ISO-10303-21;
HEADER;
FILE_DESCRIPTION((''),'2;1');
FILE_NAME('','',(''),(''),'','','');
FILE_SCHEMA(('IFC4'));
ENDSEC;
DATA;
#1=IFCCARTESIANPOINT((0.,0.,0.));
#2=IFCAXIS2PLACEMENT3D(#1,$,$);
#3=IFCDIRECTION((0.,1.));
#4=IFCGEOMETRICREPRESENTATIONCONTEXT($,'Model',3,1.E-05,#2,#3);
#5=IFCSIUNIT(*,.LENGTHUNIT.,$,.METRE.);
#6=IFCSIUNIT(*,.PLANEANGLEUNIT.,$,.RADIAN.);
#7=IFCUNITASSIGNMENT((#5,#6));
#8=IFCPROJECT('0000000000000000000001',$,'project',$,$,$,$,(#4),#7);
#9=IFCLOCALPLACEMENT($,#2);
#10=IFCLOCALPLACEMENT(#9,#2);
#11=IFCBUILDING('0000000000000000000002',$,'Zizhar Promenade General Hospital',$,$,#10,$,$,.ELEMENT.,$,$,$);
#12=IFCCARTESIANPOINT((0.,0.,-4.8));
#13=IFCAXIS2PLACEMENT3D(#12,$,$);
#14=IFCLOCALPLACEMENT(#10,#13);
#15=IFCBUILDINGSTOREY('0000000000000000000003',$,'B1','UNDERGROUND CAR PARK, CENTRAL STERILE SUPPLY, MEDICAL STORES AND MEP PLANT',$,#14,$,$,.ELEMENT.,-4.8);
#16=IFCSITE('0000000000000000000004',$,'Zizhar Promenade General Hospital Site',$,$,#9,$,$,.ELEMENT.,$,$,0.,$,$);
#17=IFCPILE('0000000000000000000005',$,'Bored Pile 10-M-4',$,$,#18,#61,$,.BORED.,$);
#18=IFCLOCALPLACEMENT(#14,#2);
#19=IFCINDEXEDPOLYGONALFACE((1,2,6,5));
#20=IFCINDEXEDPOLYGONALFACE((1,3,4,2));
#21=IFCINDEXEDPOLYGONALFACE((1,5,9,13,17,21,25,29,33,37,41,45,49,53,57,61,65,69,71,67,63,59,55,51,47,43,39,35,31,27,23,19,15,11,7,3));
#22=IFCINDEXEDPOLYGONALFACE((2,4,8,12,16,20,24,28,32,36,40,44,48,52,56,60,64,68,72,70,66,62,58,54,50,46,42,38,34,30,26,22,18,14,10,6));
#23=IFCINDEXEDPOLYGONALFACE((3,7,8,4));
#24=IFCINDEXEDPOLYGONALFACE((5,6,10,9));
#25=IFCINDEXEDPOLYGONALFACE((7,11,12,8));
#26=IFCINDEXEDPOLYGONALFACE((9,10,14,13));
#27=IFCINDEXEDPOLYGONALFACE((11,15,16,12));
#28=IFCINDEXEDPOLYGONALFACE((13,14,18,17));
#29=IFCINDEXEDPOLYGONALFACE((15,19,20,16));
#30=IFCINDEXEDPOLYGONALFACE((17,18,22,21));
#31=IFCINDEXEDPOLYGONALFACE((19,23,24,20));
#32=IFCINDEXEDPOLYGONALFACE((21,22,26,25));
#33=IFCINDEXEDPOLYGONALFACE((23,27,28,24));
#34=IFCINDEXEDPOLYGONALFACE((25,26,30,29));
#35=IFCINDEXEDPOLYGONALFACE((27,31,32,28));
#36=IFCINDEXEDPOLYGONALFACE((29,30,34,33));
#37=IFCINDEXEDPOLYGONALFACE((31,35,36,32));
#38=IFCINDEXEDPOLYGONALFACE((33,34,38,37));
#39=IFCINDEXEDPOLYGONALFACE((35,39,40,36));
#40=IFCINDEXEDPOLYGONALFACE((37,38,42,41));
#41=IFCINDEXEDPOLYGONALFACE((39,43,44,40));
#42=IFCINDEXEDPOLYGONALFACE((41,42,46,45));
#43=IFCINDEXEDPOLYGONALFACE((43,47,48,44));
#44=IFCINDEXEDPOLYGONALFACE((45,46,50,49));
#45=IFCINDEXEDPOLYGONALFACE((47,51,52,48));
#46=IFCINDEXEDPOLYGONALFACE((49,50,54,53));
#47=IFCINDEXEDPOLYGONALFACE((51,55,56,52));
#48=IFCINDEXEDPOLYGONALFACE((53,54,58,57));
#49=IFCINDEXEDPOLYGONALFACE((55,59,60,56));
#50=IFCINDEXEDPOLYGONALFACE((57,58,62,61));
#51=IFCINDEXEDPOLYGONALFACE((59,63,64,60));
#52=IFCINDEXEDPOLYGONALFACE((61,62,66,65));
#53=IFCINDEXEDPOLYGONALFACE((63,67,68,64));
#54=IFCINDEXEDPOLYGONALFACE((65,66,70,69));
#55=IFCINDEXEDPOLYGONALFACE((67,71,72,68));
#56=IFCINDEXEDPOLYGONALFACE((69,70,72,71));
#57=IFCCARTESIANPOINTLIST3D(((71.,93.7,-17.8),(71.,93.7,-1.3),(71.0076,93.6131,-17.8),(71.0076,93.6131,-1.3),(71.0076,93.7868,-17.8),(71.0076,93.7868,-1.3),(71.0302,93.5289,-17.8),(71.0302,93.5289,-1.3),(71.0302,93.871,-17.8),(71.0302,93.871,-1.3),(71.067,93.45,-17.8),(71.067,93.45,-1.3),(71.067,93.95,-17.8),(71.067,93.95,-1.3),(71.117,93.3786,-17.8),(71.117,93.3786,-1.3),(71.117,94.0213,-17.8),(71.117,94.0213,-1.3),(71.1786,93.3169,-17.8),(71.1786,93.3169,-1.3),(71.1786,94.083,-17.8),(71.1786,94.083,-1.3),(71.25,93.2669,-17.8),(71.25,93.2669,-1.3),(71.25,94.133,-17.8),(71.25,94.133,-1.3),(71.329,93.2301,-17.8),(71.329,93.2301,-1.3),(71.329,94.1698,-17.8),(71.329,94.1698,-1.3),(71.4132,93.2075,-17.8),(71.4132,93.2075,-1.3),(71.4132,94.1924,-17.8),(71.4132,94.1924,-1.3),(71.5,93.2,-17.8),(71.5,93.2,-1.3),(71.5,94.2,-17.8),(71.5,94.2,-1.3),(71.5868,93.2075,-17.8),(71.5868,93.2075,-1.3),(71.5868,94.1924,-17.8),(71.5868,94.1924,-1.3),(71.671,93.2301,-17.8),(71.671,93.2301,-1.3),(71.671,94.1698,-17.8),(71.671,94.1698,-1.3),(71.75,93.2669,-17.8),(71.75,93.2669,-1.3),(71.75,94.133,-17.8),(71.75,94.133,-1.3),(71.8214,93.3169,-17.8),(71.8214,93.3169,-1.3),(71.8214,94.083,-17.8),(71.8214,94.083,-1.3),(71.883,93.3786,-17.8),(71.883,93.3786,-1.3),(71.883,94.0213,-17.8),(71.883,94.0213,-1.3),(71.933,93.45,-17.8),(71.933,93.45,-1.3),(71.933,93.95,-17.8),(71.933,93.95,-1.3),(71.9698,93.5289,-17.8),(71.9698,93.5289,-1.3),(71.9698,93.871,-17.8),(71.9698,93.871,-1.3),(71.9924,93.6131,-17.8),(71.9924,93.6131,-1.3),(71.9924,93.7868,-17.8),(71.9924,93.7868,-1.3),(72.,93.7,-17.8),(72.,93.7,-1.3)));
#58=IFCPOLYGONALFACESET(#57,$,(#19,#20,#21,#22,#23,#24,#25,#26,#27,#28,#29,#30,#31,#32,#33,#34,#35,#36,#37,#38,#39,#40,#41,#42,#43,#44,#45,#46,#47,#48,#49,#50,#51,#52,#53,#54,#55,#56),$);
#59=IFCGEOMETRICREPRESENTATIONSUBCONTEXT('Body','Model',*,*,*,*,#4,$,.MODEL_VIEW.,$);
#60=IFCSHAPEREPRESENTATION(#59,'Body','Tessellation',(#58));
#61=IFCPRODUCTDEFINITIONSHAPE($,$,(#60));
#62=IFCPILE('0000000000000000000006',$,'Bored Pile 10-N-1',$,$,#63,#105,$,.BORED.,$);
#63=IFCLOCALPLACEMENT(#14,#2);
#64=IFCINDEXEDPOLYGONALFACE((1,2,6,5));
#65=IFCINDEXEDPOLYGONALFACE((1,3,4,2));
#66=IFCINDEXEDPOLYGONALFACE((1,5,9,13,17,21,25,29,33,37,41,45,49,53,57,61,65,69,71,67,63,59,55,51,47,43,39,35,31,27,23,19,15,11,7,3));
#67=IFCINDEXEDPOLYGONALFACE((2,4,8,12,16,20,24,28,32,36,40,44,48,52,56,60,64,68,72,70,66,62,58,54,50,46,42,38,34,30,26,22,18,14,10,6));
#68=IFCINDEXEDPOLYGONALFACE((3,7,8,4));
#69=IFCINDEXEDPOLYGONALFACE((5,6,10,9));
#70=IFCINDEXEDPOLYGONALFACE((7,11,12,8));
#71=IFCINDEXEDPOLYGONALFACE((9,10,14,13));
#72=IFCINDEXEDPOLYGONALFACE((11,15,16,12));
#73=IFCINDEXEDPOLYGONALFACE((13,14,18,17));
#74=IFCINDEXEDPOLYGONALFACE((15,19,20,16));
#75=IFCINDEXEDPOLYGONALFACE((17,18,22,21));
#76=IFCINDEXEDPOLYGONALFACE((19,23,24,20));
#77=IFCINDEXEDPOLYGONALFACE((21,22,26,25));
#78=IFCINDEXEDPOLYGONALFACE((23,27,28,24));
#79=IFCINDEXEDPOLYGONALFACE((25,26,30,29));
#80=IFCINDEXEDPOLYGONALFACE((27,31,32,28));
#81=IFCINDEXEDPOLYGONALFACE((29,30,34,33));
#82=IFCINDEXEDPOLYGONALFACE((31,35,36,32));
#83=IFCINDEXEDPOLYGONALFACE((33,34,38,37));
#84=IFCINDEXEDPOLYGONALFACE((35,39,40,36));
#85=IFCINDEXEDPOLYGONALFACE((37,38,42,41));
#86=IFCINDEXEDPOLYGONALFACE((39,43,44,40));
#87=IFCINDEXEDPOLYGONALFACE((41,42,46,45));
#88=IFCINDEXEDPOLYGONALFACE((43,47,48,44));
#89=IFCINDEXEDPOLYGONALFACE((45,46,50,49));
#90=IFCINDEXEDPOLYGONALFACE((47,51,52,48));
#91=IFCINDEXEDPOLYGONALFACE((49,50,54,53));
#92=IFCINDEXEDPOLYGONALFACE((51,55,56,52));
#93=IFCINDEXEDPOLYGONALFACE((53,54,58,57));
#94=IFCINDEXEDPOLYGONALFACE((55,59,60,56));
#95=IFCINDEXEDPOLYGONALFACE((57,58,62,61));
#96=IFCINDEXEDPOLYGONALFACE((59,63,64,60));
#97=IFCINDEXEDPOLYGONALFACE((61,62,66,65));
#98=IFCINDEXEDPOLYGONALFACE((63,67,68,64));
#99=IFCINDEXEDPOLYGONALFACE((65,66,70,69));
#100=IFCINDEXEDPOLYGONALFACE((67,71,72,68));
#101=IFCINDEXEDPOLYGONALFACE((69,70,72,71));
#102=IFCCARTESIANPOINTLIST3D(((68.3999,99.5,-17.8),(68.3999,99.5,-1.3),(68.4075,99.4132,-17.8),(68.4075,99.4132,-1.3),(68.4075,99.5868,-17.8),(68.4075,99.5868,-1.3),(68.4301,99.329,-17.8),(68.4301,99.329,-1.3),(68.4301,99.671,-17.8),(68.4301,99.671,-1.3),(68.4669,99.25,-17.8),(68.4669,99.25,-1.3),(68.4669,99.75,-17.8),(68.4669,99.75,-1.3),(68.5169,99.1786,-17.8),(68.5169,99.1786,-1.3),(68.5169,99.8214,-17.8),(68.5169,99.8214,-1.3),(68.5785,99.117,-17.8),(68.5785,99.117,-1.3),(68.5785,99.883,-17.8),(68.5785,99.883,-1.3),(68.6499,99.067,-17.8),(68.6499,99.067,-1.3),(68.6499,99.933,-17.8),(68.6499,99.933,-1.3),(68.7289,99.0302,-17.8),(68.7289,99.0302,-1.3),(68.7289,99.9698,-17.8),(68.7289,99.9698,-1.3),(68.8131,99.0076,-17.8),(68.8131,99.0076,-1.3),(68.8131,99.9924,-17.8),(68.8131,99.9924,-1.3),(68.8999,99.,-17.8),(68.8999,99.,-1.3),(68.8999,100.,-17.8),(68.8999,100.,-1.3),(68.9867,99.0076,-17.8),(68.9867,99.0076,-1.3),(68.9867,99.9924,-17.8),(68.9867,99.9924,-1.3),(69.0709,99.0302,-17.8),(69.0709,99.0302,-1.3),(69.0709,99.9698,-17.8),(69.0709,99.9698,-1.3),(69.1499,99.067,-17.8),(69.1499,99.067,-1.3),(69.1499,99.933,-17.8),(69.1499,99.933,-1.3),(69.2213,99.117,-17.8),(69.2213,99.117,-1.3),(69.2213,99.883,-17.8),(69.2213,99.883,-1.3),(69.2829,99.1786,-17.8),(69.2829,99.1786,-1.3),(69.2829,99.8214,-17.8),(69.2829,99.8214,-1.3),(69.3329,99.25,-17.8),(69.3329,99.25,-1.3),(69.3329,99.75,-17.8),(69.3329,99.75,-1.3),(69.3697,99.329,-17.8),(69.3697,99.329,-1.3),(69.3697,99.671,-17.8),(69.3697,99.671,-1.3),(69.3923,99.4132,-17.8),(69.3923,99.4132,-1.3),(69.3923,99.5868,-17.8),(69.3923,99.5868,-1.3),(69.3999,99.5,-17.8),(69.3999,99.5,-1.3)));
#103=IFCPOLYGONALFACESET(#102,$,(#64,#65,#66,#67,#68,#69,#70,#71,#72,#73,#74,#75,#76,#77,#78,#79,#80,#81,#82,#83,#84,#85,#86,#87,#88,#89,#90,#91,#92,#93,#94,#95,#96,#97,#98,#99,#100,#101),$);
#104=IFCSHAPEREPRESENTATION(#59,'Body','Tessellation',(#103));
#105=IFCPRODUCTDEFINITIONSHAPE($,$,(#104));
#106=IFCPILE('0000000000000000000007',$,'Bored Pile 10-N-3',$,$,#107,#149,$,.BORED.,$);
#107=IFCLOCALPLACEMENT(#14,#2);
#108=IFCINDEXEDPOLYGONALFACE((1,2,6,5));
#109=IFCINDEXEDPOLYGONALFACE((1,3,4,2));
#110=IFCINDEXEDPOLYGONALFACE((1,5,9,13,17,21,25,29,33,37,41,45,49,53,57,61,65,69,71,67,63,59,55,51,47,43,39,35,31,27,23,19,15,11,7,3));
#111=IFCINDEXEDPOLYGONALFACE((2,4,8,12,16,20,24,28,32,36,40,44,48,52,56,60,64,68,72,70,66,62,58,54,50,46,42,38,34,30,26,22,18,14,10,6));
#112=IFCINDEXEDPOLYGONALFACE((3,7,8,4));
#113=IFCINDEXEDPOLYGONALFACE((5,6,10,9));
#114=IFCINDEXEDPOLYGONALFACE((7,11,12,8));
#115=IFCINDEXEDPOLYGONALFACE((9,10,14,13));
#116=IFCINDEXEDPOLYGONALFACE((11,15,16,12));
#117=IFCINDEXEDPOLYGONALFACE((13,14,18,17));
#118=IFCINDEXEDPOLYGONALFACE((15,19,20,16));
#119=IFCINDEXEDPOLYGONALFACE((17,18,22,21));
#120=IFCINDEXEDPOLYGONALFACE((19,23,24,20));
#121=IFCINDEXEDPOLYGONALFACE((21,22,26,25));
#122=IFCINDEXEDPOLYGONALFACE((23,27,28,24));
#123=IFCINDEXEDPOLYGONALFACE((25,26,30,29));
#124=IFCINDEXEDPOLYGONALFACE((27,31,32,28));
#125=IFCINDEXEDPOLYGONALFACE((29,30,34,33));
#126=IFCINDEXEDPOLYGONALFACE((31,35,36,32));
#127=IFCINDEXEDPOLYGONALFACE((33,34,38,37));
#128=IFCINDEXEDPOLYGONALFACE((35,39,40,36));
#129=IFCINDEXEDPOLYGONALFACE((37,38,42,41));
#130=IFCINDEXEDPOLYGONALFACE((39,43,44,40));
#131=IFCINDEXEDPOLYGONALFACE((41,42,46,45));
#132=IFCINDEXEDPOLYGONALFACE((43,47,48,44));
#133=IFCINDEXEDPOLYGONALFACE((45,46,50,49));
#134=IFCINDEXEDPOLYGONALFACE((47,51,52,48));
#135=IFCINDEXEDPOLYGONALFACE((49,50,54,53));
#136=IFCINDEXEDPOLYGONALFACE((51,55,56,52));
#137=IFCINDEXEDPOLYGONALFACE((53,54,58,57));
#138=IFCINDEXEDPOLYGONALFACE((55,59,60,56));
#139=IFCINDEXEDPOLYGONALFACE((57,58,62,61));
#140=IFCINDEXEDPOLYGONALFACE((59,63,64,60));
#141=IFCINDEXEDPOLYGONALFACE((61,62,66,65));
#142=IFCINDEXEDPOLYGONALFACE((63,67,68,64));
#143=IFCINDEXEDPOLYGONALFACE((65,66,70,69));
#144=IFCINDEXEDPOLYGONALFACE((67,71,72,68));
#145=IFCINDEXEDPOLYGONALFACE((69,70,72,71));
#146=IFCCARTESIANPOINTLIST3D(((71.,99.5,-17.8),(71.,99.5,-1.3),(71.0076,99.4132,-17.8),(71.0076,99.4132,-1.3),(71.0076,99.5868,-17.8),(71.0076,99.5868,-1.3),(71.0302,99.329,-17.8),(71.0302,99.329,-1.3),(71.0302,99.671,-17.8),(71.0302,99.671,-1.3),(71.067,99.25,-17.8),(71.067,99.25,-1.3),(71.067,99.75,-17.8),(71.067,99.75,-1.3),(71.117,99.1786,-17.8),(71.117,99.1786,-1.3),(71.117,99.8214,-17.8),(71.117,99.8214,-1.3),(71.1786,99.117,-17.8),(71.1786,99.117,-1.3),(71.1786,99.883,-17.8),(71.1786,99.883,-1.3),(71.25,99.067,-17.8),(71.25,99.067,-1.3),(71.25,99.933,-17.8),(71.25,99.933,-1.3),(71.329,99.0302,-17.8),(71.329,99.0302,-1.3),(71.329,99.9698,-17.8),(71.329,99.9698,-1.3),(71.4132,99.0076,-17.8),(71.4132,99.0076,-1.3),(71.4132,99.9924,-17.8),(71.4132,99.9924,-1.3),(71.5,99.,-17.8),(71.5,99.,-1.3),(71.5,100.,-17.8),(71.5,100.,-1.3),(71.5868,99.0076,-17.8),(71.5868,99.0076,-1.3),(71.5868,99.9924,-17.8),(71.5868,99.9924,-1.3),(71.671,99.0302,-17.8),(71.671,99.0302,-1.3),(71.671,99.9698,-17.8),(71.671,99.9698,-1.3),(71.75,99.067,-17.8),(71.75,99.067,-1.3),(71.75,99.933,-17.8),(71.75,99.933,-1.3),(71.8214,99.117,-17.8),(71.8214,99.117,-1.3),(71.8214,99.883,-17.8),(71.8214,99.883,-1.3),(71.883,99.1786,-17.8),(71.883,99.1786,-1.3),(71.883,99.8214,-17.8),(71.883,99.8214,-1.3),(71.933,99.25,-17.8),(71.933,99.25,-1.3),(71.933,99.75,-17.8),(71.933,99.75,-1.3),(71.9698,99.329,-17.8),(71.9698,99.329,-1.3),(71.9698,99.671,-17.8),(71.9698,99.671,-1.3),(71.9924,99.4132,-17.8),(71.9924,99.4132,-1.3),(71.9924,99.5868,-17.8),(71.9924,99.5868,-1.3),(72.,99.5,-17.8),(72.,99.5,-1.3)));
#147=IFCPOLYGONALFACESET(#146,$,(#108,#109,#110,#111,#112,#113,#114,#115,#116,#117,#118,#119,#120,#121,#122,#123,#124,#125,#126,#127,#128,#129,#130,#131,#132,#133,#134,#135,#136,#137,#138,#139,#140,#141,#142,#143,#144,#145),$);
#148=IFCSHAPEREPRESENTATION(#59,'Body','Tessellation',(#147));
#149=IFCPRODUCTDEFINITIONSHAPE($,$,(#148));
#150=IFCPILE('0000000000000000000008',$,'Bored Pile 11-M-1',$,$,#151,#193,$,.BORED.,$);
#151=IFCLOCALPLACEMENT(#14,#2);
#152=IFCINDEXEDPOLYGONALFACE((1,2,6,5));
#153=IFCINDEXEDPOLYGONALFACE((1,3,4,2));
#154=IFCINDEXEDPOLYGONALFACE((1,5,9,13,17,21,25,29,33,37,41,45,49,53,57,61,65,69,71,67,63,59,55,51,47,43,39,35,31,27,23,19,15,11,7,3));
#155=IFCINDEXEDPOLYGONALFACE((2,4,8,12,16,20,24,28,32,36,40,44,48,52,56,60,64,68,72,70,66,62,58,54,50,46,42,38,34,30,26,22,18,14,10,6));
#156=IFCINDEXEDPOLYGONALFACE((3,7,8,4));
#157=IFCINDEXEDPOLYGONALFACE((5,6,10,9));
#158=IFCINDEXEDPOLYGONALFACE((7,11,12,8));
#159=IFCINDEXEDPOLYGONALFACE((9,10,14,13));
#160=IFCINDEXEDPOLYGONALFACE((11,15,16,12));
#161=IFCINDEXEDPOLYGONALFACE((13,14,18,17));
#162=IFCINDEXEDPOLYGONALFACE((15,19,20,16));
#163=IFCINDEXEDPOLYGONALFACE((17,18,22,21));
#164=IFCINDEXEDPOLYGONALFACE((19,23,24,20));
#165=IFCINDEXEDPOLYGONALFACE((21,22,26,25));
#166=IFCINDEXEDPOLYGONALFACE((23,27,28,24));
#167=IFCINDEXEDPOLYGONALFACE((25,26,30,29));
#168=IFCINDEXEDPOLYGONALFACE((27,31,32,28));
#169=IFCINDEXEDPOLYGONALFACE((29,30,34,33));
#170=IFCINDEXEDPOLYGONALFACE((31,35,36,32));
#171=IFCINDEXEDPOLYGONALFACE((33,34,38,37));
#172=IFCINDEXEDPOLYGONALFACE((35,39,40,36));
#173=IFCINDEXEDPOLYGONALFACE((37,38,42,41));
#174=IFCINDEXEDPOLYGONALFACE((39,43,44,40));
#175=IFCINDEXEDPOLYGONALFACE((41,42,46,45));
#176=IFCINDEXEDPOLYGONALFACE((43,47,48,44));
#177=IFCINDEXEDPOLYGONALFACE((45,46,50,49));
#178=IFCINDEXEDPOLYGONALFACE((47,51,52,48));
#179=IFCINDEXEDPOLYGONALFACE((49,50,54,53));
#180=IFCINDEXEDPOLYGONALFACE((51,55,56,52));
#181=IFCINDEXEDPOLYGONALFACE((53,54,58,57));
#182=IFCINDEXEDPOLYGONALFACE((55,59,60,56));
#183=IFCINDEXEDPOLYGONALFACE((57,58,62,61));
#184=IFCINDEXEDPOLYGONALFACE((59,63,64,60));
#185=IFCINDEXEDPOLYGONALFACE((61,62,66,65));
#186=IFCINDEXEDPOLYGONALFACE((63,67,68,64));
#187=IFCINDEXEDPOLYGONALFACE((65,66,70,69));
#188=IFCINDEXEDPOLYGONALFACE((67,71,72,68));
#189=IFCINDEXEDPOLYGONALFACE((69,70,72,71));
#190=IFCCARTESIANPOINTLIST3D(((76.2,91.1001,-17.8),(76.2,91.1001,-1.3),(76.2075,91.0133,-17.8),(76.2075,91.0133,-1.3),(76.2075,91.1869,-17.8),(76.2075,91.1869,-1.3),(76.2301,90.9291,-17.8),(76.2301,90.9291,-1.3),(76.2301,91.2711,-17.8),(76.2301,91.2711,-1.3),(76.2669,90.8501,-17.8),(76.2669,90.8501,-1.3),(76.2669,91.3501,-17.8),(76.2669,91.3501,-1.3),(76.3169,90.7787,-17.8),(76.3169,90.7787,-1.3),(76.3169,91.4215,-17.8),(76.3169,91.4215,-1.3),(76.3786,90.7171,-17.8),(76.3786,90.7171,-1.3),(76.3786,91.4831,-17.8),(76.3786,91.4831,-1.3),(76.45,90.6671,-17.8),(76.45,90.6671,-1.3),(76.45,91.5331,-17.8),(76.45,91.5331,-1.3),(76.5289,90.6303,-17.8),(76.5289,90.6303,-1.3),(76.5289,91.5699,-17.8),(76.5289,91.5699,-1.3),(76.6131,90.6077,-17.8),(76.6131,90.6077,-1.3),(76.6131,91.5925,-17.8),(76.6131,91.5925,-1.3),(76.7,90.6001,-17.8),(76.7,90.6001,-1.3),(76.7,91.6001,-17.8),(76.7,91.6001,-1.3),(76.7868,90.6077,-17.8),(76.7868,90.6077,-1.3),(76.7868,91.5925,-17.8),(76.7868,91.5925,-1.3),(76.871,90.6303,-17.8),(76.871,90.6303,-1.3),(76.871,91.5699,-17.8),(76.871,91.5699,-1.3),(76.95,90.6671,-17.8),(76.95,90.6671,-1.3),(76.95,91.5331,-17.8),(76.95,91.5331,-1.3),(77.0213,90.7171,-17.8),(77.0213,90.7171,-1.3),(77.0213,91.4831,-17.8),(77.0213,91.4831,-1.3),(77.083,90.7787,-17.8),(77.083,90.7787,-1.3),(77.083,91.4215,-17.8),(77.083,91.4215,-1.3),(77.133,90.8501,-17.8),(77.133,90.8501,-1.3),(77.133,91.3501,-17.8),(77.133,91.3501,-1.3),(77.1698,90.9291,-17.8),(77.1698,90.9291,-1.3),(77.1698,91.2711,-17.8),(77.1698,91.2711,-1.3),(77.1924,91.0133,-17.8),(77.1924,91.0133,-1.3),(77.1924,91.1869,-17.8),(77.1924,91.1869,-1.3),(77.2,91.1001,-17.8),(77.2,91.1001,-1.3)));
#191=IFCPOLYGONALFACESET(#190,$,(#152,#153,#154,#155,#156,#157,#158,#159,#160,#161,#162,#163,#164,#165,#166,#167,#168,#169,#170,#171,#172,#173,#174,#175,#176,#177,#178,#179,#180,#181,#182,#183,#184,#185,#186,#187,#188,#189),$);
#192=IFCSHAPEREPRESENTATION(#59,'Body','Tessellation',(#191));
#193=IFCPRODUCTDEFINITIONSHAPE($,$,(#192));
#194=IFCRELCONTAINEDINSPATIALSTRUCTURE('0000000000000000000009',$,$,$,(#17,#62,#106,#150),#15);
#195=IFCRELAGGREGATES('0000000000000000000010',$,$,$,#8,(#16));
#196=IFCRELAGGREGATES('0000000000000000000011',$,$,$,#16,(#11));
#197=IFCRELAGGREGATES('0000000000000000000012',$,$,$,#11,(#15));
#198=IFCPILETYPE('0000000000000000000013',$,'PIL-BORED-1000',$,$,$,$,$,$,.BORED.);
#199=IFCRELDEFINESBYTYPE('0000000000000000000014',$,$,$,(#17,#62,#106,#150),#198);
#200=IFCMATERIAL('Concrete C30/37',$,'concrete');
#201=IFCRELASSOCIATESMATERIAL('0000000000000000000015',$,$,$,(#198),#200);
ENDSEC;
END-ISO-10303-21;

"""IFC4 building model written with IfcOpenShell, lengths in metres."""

from ifc_helpers import new_model, si_unit, direction, frame, origin, origin_2d, place, context, subcontext, project, spatial, circle, extrude, material, material_profile, profile_set, type_object, element, save


model = new_model("IFC4")

# Units and contexts
model_context = context("Model", 3, precision=1e-05, world=origin(), true_north=direction((0.0, 1.0)))
body_context = subcontext(model_context, "Body", "Model", "MODEL_VIEW")
ifc_project = project(units=[si_unit("LENGTHUNIT", "METRE"), si_unit("PLANEANGLEUNIT", "RADIAN")], contexts=[model_context])

# Site, building, storey
site_placement = place(None, origin())
site = spatial("IfcSite", under=ifc_project, at=site_placement, Name="Zizhar Promenade General Hospital Site", CompositionType="ELEMENT", RefElevation=0.0)
building_placement = place(site_placement, origin())
building = spatial("IfcBuilding", under=site, at=building_placement, Name="Zizhar Promenade General Hospital", CompositionType="ELEMENT")
storey_placement = place(building_placement, frame((0.0, 0.0, -4.8)))
storey = spatial("IfcBuildingStorey", under=building, at=storey_placement, Name="B1", Description="UNDERGROUND CAR PARK, CENTRAL STERILE SUPPLY, MEDICAL STORES AND MEP PLANT", CompositionType="ELEMENT", Elevation=-4.8)

# Piles
ifc_material_1 = material(Name="Concrete C30/37", Category="concrete")
ifc_material_profile_1 = material_profile(ifc_material_1, circle(Radius=0.5, at=origin_2d()))
ifc_profile_set_1 = profile_set([ifc_material_profile_1], Name="Concrete C30/37")
pile_type = type_object("IfcPileType", Name="PIL-BORED-1000", PredefinedType="BORED", material=ifc_profile_set_1)
for number, where, z_axis, x_axis, name in (
    (1, (71.5, 93.7, -1.3), (0.0, 0.0, -1.0), (1.0, 0.0, 0.0), "Bored Pile 10-M-4"),
    (2, (68.8999, 99.5, -1.3), (0.0, 0.0, -1.0), (1.0, 0.0, 0.0), "Bored Pile 10-N-1"),
    (3, (71.5, 99.5, -1.3), (0.0, 0.0, -1.0), (1.0, 0.0, 0.0), "Bored Pile 10-N-3"),
    (4, (76.7, 91.1001, -1.3), (0.0, 0.0, -1.0), (1.0, 0.0, 0.0), "Bored Pile 11-M-1"),
):
    element("IfcPile", number, at=place(storey_placement, frame(where, z_axis=z_axis, x_axis=x_axis)), inside=storey, type_object=pile_type, Name=name, PredefinedType="BORED", context=body_context, shape_type="SweptSolid", body=[
        extrude(circle(Radius=0.5, at=origin_2d()), origin(), (0.0, 0.0, 1.0), 16.5),
    ])

save(model, "model.ifc")
